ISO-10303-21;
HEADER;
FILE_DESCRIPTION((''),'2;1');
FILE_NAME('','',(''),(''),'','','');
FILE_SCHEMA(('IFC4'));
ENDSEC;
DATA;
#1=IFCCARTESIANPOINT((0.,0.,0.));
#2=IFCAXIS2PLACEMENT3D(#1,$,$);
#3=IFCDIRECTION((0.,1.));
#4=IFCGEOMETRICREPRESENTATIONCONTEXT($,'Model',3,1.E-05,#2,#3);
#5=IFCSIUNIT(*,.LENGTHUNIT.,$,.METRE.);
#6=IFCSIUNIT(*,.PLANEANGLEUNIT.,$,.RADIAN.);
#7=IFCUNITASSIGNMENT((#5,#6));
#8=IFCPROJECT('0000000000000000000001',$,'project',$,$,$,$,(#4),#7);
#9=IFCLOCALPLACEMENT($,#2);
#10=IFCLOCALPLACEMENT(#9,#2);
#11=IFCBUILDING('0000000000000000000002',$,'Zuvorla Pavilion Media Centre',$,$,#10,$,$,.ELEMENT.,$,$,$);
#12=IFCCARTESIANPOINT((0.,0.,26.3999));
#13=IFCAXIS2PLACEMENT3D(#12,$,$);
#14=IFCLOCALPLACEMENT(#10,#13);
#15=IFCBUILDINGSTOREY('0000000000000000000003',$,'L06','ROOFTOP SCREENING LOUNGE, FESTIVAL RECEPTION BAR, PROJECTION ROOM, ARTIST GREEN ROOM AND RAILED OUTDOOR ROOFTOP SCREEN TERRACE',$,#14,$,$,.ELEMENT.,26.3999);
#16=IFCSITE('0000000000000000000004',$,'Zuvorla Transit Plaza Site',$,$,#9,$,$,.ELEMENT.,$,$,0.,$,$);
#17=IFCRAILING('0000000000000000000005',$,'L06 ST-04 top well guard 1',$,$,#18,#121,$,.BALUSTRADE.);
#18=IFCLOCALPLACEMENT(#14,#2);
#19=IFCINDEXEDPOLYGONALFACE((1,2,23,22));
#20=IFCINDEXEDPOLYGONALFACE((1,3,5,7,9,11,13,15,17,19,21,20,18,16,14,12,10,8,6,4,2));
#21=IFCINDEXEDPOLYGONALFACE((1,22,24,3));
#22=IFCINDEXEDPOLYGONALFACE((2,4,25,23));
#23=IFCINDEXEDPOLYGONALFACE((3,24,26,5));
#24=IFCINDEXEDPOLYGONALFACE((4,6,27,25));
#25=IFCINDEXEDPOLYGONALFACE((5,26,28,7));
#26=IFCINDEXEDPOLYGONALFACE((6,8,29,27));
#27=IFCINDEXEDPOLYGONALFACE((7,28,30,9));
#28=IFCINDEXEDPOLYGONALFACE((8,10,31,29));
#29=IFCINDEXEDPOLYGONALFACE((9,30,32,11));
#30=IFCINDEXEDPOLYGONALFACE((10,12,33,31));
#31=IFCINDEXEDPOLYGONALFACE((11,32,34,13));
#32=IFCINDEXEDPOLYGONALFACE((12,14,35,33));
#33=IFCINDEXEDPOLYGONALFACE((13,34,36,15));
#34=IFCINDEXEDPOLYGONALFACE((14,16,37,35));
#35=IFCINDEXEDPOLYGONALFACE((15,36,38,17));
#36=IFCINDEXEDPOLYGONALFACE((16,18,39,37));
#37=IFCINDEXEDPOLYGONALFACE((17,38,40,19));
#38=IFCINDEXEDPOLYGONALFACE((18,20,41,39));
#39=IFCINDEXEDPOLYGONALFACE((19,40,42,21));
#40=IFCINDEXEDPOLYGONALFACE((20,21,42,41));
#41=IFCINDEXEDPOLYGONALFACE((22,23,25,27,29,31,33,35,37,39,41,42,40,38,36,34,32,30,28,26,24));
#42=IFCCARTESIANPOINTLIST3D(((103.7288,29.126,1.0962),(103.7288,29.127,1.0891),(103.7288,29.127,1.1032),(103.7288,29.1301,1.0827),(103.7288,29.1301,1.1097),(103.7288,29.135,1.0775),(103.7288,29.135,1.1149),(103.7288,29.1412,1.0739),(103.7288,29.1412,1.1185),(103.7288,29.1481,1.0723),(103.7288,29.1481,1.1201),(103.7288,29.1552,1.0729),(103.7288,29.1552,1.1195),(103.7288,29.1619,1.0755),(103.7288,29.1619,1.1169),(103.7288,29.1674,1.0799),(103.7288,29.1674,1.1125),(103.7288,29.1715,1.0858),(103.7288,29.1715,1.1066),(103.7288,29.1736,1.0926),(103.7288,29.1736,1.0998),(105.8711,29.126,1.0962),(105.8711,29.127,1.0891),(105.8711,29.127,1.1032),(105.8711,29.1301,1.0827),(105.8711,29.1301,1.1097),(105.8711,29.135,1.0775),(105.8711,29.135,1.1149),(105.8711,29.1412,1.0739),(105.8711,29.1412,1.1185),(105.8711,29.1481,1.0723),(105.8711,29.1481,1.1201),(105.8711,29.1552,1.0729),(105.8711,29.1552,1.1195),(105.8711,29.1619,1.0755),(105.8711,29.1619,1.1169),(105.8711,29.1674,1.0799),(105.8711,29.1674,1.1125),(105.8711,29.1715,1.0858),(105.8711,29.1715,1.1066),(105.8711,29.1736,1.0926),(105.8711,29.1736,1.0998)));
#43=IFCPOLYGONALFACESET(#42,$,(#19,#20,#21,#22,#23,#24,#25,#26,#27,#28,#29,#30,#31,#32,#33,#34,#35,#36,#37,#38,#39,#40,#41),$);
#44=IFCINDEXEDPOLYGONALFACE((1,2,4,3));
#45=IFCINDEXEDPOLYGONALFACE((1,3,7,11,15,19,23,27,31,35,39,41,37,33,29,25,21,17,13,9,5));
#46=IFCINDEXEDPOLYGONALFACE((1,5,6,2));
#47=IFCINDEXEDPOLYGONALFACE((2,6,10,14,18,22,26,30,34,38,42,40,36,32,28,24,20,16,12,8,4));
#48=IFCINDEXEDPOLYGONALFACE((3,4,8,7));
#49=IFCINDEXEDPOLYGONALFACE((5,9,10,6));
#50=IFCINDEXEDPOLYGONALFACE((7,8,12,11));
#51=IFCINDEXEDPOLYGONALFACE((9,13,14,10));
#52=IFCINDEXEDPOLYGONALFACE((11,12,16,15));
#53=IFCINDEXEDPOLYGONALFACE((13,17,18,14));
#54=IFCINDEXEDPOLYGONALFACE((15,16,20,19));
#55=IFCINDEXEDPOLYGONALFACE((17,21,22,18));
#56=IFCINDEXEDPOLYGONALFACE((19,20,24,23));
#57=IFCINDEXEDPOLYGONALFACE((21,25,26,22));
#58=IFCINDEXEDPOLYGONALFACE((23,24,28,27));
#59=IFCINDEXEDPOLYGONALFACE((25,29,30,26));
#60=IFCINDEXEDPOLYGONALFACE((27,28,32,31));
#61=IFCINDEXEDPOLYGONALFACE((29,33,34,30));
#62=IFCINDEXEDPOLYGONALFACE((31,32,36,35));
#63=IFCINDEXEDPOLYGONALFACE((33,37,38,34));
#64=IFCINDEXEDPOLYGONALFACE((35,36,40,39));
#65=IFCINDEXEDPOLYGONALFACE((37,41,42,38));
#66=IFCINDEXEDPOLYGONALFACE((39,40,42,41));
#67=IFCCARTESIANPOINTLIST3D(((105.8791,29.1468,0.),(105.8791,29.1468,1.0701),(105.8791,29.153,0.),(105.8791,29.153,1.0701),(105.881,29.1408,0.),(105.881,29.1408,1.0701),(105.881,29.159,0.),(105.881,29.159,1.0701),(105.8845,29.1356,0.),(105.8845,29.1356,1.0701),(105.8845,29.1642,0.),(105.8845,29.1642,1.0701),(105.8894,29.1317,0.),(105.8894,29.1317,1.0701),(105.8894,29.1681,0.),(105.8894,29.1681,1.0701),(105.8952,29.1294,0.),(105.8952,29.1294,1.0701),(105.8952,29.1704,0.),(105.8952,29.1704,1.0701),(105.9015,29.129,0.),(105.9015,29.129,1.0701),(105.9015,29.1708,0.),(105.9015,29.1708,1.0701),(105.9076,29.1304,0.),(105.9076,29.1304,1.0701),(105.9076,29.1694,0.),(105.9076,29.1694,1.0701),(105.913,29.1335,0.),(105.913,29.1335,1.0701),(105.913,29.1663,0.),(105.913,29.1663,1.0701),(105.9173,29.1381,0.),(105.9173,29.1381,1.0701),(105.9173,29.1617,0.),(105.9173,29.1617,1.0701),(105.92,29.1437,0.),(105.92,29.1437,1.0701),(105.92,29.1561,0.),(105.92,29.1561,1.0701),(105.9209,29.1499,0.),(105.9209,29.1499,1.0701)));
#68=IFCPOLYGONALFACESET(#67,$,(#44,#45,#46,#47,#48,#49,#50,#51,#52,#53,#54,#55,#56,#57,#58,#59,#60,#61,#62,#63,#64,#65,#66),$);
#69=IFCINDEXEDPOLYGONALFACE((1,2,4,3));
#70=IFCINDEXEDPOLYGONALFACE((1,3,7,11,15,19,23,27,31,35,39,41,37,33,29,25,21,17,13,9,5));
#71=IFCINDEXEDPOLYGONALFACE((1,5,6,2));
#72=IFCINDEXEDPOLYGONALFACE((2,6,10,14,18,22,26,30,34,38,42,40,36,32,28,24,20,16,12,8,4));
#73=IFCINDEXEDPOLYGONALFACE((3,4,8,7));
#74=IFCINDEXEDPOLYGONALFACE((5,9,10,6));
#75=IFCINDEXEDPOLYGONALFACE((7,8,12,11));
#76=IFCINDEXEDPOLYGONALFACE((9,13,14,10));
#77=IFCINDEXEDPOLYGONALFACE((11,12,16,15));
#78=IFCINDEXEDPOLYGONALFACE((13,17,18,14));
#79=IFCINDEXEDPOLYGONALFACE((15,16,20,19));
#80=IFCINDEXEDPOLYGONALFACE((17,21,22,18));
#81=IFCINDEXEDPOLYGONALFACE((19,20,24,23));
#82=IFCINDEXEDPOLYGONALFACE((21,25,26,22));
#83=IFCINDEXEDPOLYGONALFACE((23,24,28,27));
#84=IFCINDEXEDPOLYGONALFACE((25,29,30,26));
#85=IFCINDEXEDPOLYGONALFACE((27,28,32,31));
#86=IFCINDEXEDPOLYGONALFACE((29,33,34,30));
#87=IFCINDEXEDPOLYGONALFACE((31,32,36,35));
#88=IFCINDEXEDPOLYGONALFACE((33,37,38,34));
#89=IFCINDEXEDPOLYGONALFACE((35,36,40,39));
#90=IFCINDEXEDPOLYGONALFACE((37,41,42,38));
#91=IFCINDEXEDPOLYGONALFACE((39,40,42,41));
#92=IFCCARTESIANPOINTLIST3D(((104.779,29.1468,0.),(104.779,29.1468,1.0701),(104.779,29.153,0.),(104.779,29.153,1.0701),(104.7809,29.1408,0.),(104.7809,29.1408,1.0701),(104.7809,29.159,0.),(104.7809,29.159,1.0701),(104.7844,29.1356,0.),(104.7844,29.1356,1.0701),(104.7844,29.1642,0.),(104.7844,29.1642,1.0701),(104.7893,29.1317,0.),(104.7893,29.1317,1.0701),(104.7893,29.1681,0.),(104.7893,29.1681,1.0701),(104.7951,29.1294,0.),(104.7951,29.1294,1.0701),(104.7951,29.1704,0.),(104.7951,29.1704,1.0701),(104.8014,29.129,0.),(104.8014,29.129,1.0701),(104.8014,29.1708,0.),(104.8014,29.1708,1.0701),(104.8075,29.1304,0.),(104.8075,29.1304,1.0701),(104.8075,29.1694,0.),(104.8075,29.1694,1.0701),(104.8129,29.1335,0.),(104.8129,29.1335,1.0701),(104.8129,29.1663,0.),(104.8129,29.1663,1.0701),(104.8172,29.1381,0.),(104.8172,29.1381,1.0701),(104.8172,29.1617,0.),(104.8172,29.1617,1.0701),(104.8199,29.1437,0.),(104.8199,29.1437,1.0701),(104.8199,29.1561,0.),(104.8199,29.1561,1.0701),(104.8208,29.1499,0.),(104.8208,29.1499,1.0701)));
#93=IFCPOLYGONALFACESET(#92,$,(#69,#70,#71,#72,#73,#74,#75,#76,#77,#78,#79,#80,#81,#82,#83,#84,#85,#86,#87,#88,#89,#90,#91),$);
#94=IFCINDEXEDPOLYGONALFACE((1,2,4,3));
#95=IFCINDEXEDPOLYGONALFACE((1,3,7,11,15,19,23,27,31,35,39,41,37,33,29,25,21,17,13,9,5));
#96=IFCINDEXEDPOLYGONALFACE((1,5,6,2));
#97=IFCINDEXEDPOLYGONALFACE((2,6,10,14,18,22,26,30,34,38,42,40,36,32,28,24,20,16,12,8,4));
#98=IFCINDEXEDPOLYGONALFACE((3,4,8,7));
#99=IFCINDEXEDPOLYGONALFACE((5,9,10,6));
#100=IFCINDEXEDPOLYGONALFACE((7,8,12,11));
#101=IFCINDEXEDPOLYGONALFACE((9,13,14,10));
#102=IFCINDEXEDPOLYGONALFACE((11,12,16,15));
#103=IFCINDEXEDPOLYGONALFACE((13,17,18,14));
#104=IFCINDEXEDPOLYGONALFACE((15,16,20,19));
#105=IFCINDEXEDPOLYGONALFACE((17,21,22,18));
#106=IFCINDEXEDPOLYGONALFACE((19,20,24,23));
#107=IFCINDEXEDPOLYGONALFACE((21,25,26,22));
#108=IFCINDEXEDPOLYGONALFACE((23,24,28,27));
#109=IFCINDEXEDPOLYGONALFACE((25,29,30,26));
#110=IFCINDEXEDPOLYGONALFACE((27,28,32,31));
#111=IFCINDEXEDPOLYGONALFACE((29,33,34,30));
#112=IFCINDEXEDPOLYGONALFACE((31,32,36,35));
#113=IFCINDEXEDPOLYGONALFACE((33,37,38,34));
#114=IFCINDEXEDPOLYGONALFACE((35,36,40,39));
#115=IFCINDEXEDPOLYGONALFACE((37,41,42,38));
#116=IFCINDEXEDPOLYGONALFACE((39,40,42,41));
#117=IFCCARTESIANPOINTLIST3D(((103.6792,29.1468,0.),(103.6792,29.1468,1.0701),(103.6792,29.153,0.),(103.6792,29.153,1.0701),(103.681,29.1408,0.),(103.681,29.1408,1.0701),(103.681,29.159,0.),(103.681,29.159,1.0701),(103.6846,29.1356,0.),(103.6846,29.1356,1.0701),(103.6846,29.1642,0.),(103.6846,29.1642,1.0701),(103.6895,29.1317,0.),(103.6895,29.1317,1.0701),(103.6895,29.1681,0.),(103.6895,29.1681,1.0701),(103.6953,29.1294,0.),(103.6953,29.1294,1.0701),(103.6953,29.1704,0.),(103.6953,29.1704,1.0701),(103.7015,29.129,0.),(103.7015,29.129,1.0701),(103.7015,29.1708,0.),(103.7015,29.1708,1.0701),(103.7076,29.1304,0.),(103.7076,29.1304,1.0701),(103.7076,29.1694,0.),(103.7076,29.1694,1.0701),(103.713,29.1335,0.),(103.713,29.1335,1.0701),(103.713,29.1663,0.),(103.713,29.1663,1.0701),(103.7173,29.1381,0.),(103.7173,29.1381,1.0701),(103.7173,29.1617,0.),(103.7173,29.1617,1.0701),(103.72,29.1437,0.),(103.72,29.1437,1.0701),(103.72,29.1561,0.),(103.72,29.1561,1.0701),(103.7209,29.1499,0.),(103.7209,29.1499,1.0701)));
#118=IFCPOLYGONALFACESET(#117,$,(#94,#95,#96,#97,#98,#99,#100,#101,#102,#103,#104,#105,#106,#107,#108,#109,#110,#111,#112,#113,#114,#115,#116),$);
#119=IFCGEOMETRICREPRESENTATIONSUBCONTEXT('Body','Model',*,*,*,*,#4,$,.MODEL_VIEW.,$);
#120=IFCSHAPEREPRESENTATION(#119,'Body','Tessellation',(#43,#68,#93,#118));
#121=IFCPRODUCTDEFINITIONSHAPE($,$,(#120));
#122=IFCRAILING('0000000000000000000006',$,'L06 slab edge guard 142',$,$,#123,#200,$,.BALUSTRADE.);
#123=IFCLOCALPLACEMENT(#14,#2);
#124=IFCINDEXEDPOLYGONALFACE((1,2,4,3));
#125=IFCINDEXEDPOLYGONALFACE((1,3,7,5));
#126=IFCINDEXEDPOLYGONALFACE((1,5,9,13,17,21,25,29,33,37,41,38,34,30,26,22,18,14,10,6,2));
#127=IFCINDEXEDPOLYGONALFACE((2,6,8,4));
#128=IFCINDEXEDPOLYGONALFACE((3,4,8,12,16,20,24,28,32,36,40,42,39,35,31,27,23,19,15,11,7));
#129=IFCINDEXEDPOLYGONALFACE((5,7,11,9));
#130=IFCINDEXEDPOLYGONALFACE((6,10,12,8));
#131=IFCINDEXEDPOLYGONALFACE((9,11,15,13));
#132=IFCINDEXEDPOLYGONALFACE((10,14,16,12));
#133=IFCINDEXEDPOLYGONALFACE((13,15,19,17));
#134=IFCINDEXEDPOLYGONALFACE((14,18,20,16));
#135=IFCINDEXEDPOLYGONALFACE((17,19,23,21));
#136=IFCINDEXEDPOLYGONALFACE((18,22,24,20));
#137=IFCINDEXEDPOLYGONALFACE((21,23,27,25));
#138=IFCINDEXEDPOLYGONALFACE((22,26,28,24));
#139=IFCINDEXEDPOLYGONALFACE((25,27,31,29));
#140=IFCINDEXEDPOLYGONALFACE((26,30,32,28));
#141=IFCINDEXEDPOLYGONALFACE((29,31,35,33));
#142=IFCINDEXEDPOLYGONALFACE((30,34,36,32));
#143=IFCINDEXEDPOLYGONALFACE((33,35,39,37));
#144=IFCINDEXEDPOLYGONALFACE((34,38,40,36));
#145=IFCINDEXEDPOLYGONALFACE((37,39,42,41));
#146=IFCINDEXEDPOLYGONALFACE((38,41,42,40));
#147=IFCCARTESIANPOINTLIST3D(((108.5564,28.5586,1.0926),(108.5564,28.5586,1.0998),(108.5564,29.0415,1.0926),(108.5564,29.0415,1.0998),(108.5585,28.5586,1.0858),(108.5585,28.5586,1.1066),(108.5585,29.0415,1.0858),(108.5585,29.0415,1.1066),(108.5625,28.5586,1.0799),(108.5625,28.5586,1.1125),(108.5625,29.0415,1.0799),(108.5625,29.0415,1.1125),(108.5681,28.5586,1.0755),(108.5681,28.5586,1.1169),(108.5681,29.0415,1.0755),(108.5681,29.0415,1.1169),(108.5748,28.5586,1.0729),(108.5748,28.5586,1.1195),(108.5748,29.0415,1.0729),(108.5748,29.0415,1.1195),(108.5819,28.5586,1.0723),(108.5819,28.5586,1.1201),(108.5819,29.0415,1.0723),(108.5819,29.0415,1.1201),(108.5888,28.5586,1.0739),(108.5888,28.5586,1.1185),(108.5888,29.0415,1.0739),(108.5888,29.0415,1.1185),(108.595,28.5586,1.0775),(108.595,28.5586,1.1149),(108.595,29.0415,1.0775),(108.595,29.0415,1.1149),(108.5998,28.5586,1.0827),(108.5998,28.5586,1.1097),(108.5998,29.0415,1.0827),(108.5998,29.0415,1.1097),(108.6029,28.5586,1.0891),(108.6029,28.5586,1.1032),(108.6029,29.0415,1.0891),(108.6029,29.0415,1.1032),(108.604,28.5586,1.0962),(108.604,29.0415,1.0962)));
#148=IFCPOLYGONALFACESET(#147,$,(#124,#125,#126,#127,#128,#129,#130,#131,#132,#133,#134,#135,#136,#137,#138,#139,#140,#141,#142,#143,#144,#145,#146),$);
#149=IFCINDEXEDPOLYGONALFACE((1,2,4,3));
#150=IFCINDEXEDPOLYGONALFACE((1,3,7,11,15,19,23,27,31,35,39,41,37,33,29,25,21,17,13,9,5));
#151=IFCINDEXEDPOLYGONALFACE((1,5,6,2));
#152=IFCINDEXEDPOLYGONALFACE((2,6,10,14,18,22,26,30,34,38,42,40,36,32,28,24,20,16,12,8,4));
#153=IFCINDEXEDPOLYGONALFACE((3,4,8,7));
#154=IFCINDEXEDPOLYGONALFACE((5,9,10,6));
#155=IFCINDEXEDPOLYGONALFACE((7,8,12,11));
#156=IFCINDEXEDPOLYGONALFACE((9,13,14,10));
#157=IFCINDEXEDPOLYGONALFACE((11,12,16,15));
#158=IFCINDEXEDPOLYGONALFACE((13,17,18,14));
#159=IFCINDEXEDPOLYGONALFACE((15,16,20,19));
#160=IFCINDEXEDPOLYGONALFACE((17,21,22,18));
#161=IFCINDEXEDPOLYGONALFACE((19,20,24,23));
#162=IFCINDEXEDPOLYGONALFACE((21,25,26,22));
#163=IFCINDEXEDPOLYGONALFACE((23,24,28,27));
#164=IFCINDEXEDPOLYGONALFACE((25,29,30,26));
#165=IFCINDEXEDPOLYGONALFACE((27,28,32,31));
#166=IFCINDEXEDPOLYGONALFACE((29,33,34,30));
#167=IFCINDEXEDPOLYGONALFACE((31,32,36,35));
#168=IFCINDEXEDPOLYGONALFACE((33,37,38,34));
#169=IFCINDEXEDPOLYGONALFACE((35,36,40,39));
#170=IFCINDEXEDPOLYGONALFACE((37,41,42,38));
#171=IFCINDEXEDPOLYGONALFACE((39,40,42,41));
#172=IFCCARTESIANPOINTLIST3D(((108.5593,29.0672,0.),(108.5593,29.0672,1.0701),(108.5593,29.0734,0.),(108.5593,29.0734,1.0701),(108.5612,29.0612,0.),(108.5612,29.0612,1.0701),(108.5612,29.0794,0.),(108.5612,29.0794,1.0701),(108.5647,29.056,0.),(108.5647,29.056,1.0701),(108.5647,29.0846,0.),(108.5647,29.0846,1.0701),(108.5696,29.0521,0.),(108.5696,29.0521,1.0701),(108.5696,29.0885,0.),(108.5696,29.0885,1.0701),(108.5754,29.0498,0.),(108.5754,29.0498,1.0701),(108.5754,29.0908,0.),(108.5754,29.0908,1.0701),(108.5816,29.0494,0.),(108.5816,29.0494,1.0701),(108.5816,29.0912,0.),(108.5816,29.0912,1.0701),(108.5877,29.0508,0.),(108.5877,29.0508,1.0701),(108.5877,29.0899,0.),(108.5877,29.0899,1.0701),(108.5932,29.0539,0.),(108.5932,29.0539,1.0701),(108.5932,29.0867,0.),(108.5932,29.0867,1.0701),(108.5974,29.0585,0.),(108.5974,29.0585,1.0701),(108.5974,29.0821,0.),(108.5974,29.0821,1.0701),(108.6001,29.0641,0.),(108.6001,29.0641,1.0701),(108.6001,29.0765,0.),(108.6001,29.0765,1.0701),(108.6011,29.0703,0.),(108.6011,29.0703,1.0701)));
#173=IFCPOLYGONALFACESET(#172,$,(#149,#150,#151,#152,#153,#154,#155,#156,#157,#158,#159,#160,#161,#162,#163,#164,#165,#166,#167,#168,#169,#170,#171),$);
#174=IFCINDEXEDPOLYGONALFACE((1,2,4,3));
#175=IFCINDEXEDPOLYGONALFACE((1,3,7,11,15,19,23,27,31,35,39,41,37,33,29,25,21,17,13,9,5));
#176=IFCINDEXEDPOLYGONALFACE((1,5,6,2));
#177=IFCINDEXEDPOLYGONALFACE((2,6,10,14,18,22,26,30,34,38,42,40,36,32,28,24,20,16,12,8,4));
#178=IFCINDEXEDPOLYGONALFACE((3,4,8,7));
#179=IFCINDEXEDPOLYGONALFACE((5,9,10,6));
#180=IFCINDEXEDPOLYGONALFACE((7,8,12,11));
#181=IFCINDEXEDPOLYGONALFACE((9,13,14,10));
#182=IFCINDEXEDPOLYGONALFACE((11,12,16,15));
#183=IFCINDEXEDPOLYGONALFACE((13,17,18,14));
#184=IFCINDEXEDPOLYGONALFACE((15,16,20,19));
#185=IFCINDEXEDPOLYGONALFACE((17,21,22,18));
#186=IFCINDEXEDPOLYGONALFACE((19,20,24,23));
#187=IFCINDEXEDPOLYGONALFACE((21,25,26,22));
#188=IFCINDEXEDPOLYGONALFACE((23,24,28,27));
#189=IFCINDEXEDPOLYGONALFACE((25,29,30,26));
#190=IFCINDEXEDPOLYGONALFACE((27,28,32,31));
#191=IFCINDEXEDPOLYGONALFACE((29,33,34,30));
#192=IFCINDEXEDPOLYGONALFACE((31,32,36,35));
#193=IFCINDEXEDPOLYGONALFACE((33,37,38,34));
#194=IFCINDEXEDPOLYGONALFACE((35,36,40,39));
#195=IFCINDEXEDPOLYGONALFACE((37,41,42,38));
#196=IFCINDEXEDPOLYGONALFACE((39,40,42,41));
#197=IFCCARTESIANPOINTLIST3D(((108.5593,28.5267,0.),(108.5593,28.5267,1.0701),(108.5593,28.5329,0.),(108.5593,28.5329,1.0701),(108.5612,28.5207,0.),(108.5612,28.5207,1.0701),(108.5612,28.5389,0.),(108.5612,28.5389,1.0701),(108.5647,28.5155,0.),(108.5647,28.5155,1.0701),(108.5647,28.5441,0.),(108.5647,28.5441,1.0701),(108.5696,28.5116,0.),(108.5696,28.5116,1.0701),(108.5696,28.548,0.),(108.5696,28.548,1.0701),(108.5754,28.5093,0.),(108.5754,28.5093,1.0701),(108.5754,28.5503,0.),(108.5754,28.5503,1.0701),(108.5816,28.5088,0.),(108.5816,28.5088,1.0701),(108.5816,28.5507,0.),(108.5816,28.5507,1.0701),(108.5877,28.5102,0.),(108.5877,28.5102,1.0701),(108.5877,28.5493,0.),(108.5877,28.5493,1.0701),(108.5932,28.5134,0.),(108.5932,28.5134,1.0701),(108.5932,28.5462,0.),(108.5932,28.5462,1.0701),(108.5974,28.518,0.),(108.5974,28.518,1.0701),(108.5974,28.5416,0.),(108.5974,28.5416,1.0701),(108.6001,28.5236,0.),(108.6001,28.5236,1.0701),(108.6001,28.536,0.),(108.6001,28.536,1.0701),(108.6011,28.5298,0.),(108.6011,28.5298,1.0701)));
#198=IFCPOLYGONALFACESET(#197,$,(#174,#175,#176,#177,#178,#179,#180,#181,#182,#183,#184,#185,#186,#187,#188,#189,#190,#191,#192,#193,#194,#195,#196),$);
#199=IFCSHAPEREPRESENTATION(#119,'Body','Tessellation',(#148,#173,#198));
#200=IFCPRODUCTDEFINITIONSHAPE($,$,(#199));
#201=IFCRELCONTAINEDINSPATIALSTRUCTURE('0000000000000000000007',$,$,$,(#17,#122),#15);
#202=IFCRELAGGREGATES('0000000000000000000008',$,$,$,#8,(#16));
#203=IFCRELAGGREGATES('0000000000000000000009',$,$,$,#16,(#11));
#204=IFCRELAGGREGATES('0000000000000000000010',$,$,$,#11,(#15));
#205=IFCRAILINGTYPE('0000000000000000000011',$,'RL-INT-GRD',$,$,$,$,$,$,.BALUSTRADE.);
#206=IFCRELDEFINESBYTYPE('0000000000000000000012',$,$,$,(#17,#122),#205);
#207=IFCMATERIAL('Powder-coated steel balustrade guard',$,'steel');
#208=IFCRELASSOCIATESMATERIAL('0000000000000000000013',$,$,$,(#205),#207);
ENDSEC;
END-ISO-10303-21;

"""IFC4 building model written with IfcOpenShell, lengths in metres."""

from ifc_helpers import new_model, si_unit, direction, frame, origin, origin_2d, place, context, subcontext, project, spatial, circle, extrude, material, type_object, element, save


model = new_model("IFC4")

# Units and contexts
model_context = context("Model", 3, precision=1e-05, world=origin(), true_north=direction((0.0, 1.0)))
body_context = subcontext(model_context, "Body", "Model", "MODEL_VIEW")
ifc_project = project(units=[si_unit("LENGTHUNIT", "METRE"), si_unit("PLANEANGLEUNIT", "RADIAN")], contexts=[model_context])

# Site, building, storey
site_placement = place(None, origin())
site = spatial("IfcSite", under=ifc_project, at=site_placement, Name="Zuvorla Transit Plaza Site", CompositionType="ELEMENT", RefElevation=0.0)
building_placement = place(site_placement, origin())
building = spatial("IfcBuilding", under=site, at=building_placement, Name="Zuvorla Pavilion Media Centre", CompositionType="ELEMENT")
storey_placement = place(building_placement, frame((0.0, 0.0, 26.3999)))
storey = spatial("IfcBuildingStorey", under=building, at=storey_placement, Name="L06", Description="ROOFTOP SCREENING LOUNGE, FESTIVAL RECEPTION BAR, PROJECTION ROOM, ARTIST GREEN ROOM AND RAILED OUTDOOR ROOFTOP SCREEN TERRACE", CompositionType="ELEMENT", Elevation=26.3999)

# Railings
ifc_material_1 = material(Name="Powder-coated steel balustrade guard", Category="steel")
railing_type_1 = type_object("IfcRailingType", Name="RL-INT-GRD", PredefinedType="BALUSTRADE", material=ifc_material_1)
railing_1_placement = place(storey_placement, frame((105.8999, 29.1499, 0.0)))
element("IfcRailing", 1, at=railing_1_placement, inside=storey, type_object=railing_type_1, Name="L06 ST-04 top well guard 1", PredefinedType="BALUSTRADE", context=body_context, shape_type="SweptSolid", body=[
    extrude(circle(Radius=0.0239, at=origin_2d()), frame((-0.0288, 0.0, 1.0962), z_axis=(-1.0, 0.0, 0.0), x_axis=(0.0, -1.0, 0.0)), (0.0, 0.0, 1.0), 2.1423),
    extrude(circle(Radius=0.021, at=origin_2d()), origin(), (0.0, 0.0, 1.0), 1.0701),
    extrude(circle(Radius=0.021, at=origin_2d()), frame((-1.1001, 0.0, 0.0)), (0.0, 0.0, 1.0), 1.0701),
    extrude(circle(Radius=0.021, at=origin_2d()), frame((-2.2, 0.0, 0.0)), (0.0, 0.0, 1.0), 1.0701),
])
railing_2_placement = place(storey_placement, frame((108.5801, 29.0703, 0.0)))
element("IfcRailing", 2, at=railing_2_placement, inside=storey, type_object=railing_type_1, Name="L06 slab edge guard 142", PredefinedType="BALUSTRADE", context=body_context, shape_type="SweptSolid", body=[
    extrude(circle(Radius=0.0239, at=origin_2d()), frame((0.0, -0.0288, 1.0962), z_axis=(0.0, -1.0, 0.0), x_axis=(1.0, 0.0, 0.0)), (0.0, 0.0, 1.0), 0.4829),
    extrude(circle(Radius=0.021, at=origin_2d()), origin(), (0.0, 0.0, 1.0), 1.0701),
    extrude(circle(Radius=0.021, at=origin_2d()), frame((0.0, -0.5405, 0.0)), (0.0, 0.0, 1.0), 1.0701),
])

save(model, "model.ifc")
